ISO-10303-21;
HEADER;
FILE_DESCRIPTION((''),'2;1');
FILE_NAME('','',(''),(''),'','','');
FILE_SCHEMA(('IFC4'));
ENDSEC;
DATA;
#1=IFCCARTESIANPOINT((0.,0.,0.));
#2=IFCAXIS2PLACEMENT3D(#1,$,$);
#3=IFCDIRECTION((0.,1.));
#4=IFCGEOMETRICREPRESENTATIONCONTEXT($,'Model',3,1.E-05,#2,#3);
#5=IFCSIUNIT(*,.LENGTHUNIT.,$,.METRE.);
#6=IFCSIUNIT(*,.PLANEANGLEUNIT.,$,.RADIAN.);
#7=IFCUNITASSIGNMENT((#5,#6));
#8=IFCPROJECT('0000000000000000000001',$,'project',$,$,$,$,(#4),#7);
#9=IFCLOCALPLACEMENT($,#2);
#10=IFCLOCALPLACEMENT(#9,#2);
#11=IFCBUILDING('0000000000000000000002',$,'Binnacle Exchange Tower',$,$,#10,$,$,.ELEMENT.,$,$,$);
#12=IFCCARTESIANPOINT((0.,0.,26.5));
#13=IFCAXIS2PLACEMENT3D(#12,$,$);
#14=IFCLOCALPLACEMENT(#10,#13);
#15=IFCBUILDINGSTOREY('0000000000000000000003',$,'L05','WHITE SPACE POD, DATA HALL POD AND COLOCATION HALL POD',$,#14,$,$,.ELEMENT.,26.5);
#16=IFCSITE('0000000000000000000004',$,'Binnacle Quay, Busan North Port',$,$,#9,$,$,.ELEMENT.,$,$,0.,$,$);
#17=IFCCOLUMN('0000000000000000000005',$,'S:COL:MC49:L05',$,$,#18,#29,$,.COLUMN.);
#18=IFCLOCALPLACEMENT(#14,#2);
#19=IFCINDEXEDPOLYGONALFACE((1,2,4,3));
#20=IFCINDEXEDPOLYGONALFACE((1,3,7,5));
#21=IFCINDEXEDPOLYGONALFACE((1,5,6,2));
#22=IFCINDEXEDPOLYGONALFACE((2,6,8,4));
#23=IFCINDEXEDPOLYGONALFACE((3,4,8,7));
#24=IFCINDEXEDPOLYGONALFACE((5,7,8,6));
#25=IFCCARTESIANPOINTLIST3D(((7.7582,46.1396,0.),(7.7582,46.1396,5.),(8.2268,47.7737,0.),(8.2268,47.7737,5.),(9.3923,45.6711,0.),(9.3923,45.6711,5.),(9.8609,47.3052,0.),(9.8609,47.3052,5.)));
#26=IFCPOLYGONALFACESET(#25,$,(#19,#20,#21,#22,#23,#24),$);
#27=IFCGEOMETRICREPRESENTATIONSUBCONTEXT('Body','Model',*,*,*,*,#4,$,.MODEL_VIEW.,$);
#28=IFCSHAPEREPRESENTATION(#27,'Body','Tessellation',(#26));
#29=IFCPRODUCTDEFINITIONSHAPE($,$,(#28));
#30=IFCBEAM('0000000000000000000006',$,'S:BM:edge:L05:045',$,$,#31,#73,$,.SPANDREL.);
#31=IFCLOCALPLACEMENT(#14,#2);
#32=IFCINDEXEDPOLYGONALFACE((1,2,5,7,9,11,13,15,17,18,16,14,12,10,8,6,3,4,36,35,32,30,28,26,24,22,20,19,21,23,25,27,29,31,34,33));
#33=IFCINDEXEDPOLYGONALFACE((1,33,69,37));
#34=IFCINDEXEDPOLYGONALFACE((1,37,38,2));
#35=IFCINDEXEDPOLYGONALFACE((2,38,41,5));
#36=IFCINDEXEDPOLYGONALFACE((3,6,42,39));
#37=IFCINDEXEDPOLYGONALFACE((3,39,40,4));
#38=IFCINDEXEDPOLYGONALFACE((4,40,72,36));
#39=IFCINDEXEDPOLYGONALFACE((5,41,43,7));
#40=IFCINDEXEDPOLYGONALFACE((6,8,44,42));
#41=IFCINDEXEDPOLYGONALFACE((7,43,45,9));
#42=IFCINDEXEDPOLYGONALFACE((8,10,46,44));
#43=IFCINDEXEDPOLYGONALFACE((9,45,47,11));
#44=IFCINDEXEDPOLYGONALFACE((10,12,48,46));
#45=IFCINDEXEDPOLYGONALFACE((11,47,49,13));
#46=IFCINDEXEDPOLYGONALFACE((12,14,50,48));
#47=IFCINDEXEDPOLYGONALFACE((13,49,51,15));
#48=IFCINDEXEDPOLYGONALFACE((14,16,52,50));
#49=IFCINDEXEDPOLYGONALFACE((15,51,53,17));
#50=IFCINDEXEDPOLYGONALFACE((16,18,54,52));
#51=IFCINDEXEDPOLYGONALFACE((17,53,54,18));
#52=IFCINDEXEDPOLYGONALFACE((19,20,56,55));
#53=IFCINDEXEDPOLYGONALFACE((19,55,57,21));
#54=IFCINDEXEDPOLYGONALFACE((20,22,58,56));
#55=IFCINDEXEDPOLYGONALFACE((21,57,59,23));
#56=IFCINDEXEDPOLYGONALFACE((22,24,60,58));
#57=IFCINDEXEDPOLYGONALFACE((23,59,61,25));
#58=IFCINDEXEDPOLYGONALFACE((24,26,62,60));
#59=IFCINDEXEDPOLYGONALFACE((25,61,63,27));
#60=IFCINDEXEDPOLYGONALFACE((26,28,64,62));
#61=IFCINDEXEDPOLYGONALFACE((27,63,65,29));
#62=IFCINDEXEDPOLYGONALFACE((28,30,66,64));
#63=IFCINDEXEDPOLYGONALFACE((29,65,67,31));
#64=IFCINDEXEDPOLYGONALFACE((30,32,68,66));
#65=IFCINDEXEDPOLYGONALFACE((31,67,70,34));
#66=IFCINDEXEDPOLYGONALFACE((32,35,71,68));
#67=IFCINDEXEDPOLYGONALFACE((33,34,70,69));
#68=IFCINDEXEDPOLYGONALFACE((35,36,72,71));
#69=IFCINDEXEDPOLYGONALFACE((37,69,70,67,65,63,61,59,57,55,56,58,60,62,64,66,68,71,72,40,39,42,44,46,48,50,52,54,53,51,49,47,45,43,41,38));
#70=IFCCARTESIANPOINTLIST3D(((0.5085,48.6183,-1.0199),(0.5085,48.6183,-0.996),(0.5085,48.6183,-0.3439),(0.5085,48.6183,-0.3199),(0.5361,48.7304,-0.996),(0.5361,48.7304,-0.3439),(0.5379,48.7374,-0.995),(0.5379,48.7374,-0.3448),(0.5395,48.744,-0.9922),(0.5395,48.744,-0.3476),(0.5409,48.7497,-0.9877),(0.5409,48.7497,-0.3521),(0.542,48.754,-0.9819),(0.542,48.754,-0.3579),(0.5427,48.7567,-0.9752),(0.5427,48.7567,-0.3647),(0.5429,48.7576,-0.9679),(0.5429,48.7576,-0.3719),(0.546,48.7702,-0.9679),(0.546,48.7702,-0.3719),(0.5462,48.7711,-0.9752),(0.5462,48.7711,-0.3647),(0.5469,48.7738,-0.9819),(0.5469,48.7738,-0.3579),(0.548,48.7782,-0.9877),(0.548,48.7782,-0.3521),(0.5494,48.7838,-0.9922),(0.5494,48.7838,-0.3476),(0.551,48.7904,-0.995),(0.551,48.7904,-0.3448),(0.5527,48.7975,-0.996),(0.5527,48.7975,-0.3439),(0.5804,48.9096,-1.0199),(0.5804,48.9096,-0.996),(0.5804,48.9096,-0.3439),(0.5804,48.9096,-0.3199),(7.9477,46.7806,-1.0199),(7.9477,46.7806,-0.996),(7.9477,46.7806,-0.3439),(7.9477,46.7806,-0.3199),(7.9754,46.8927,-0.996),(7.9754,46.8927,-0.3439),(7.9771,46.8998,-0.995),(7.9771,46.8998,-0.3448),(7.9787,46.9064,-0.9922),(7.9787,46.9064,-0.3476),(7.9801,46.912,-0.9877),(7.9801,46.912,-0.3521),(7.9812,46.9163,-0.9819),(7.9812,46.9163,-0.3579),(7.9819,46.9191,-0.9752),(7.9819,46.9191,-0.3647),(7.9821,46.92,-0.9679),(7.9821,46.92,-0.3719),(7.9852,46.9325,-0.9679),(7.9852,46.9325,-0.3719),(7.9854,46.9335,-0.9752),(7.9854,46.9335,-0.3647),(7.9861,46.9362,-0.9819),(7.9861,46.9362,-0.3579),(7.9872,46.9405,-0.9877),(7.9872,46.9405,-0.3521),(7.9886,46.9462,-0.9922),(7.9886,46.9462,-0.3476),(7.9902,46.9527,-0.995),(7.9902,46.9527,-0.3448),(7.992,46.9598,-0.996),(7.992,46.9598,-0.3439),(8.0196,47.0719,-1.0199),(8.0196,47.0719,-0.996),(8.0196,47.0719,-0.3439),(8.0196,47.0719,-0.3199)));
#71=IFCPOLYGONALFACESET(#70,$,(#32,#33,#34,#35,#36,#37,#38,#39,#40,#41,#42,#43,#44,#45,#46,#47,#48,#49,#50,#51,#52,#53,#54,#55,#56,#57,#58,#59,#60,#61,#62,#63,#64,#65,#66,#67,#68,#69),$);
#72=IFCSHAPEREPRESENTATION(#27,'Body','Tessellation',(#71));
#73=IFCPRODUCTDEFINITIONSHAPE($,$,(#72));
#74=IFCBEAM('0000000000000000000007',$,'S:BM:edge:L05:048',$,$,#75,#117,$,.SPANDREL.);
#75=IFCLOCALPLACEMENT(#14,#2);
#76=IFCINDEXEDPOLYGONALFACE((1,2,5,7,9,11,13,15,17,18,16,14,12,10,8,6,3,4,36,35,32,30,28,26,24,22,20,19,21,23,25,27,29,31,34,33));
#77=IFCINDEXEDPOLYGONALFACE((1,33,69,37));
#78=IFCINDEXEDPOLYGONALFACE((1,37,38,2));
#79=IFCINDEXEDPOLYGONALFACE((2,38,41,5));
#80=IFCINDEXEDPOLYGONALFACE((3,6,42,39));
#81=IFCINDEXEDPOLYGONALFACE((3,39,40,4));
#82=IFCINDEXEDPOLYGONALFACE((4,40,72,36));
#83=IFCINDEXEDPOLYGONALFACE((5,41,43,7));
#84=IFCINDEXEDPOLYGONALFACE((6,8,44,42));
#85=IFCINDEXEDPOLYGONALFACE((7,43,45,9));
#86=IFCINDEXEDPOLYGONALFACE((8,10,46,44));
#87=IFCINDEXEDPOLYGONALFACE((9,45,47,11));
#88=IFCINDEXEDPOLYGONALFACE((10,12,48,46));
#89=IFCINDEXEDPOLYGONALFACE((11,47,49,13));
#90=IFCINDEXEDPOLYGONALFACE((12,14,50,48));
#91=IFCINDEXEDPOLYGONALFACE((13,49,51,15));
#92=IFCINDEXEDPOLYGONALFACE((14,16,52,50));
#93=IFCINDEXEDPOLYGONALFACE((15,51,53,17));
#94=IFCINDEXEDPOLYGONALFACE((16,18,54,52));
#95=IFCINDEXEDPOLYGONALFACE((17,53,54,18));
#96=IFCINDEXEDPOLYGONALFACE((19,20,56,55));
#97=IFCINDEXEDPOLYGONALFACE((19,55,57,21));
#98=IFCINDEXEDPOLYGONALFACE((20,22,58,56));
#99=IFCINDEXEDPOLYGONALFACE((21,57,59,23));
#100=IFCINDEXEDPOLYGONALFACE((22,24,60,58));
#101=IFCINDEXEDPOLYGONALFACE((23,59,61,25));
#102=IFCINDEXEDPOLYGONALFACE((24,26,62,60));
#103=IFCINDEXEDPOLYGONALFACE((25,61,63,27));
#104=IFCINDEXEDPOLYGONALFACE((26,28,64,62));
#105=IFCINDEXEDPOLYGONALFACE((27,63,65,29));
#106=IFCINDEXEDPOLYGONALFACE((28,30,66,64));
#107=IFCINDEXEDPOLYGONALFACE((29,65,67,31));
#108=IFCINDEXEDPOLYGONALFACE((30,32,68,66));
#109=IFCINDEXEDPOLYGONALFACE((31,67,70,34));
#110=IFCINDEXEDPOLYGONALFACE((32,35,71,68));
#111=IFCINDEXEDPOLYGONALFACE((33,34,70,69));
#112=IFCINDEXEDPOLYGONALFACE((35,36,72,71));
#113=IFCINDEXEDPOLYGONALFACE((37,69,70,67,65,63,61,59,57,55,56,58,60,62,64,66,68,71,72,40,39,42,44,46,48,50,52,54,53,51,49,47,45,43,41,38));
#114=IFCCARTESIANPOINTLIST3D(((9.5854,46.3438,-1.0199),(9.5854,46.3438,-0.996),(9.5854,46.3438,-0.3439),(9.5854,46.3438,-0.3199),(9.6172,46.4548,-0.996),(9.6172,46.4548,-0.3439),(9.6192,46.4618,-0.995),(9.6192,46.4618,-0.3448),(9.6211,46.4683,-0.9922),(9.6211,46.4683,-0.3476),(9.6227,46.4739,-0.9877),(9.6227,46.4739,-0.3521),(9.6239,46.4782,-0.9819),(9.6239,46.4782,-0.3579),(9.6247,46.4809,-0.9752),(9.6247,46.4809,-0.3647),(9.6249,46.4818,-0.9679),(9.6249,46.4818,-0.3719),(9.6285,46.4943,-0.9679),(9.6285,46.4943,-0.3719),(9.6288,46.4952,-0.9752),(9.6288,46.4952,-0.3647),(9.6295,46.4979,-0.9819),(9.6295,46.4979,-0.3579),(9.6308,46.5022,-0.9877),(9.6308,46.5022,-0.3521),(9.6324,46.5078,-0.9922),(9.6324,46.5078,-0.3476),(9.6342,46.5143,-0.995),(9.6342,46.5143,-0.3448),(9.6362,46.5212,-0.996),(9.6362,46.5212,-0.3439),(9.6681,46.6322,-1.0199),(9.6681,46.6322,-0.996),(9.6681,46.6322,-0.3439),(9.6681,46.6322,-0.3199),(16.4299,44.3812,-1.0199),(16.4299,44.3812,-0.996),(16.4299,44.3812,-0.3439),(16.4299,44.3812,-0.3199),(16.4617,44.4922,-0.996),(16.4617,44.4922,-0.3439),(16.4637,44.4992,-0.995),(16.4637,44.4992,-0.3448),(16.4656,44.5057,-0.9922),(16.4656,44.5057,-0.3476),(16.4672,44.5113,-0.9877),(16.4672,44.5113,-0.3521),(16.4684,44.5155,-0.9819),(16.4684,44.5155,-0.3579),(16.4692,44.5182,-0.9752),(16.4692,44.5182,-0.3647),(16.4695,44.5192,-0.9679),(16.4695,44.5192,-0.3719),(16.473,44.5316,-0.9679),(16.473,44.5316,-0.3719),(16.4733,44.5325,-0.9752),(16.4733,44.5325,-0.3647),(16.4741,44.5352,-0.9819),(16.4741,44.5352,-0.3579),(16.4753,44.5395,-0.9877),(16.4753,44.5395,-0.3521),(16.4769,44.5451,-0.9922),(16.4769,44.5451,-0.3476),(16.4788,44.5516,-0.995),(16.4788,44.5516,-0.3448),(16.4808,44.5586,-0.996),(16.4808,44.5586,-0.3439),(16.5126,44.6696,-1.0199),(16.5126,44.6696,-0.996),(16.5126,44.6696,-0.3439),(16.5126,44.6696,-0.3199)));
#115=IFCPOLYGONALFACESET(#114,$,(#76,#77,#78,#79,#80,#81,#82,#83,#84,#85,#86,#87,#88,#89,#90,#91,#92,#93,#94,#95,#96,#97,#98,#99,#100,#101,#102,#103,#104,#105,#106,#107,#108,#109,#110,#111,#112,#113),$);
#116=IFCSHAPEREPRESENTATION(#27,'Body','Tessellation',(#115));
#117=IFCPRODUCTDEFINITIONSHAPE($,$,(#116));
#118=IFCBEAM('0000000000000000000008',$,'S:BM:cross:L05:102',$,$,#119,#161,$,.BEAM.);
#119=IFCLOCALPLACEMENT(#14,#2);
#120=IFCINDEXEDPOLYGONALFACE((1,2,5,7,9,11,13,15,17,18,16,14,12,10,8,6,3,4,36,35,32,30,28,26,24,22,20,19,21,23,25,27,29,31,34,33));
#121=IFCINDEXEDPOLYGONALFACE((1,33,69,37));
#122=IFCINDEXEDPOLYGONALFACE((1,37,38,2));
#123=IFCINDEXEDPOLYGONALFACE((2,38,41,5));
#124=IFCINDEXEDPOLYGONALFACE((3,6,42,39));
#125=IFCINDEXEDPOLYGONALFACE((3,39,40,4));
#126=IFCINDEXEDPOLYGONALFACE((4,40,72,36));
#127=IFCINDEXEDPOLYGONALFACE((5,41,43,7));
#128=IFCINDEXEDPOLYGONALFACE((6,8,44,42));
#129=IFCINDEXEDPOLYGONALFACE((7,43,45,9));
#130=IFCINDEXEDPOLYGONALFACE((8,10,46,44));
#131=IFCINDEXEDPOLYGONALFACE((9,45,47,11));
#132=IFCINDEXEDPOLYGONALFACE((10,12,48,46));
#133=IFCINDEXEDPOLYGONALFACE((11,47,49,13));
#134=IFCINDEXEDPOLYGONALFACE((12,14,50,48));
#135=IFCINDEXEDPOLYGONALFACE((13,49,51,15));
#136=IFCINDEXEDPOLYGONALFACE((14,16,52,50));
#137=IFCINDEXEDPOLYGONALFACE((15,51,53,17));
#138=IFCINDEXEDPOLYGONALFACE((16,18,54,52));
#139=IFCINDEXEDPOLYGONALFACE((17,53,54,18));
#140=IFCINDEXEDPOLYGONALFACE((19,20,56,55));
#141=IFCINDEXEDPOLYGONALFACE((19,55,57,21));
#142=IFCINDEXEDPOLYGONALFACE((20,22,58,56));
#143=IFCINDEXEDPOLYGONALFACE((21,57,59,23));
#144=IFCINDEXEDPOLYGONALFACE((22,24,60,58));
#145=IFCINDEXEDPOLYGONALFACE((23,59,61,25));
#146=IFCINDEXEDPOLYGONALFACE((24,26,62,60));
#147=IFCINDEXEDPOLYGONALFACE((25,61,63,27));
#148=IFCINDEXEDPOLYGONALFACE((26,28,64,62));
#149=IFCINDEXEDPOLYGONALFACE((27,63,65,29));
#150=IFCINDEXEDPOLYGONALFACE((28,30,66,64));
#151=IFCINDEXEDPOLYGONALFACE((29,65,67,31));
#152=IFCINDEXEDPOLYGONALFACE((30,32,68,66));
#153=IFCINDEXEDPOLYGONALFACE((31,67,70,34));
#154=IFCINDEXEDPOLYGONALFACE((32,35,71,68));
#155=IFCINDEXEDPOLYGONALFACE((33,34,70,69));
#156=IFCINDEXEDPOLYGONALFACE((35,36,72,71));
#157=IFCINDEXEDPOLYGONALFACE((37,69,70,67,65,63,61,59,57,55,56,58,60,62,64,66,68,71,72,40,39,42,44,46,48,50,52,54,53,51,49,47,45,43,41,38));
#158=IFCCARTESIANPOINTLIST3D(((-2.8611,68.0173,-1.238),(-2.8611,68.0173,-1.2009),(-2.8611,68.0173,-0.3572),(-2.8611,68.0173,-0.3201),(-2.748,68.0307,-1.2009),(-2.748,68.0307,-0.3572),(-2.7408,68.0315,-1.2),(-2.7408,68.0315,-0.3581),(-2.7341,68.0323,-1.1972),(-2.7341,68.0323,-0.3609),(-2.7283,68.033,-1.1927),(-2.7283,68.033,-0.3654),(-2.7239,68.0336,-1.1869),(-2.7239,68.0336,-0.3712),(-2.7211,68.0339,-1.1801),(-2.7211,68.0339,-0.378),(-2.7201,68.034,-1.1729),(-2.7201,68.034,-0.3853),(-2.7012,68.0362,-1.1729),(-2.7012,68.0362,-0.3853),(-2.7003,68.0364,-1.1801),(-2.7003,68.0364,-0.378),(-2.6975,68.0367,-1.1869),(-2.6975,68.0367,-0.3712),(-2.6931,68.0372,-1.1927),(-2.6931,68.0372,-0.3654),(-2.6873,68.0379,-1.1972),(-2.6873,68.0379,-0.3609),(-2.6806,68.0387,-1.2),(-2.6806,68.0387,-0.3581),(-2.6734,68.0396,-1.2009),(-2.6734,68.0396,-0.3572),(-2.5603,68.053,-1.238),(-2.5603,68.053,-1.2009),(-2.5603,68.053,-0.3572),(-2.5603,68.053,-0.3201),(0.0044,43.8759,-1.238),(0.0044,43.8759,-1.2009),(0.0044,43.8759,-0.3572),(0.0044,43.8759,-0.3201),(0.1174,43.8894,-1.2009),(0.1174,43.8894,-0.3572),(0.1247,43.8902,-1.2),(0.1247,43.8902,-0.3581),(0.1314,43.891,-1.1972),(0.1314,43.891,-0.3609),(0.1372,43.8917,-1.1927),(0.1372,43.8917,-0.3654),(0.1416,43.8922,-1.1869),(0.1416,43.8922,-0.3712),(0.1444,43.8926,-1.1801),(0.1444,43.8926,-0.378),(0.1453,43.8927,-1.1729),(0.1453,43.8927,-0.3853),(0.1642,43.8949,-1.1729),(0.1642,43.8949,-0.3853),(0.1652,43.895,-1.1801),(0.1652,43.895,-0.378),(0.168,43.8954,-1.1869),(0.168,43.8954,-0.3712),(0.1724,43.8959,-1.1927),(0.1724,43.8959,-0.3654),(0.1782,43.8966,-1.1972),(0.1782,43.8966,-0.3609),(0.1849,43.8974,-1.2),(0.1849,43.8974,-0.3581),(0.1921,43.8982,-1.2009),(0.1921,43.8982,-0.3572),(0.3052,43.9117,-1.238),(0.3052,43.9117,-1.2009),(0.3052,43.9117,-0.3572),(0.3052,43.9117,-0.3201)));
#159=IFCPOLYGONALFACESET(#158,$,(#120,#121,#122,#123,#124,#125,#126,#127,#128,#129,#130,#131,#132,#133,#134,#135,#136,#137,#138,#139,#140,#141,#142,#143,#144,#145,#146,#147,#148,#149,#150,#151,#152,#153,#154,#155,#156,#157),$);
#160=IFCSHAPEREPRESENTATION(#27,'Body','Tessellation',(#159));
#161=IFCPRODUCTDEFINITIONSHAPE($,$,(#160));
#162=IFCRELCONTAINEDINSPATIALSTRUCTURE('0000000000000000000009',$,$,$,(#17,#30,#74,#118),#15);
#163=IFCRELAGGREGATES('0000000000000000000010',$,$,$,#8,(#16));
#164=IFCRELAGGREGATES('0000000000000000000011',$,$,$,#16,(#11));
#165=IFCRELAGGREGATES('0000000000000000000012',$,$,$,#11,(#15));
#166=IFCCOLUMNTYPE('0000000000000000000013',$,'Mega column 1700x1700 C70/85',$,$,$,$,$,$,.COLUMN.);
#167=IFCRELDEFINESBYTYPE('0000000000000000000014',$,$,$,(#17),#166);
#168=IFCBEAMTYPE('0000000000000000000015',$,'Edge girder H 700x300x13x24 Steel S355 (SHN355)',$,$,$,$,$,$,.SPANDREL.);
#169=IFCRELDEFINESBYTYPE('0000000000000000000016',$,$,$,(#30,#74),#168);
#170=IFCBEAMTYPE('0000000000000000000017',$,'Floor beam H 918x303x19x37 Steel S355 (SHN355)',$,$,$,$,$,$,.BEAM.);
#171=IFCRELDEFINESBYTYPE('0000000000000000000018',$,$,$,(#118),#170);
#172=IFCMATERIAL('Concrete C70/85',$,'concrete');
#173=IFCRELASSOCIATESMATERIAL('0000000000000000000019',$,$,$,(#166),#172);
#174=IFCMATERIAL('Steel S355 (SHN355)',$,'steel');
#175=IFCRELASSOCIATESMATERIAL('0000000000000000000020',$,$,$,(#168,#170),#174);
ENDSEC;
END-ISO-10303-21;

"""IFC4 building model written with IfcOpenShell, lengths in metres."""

from ifc_helpers import new_model, si_unit, direction, frame, origin, origin_2d, place, context, subcontext, project, spatial, rectangle, i_section, extrude, material, material_profile, profile_set, type_object, element, save


model = new_model("IFC4")

# Units and contexts
model_context = context("Model", 3, precision=1e-05, world=origin(), true_north=direction((0.0, 1.0)))
body_context = subcontext(model_context, "Body", "Model", "MODEL_VIEW")
ifc_project = project(units=[si_unit("LENGTHUNIT", "METRE"), si_unit("PLANEANGLEUNIT", "RADIAN")], contexts=[model_context])

# Site, building, storey
site_placement = place(None, origin())
site = spatial("IfcSite", under=ifc_project, at=site_placement, Name="Binnacle Quay, Busan North Port", CompositionType="ELEMENT", RefElevation=0.0)
building_placement = place(site_placement, origin())
building = spatial("IfcBuilding", under=site, at=building_placement, Name="Binnacle Exchange Tower", CompositionType="ELEMENT")
storey_placement = place(building_placement, frame((0.0, 0.0, 26.5)))
storey = spatial("IfcBuildingStorey", under=building, at=storey_placement, Name="L05", Description="WHITE SPACE POD, DATA HALL POD AND COLOCATION HALL POD", CompositionType="ELEMENT", Elevation=26.5)

# Column
ifc_material_1 = material(Name="Concrete C70/85", Category="concrete")
ifc_material_profile_1 = material_profile(ifc_material_1, rectangle(XDim=1.7, YDim=1.7, at=origin_2d()), Name="Mega column 1700x1700 C70/85")
ifc_profile_set_1 = profile_set([ifc_material_profile_1], Name="Concrete C70/85")
column_type = type_object("IfcColumnType", Name="Mega column 1700x1700 C70/85", PredefinedType="COLUMN", material=ifc_profile_set_1)
column_placement = place(storey_placement, frame((8.8096, 46.7224, 0.0), z_axis=(0.0, 0.0, 1.0), x_axis=(0.961262, -0.275637, 0.0)))
element("IfcColumn", 1, at=column_placement, inside=storey, type_object=column_type, Name="S:COL:MC49:L05", PredefinedType="COLUMN", context=body_context, shape_type="SweptSolid", body=[
    extrude(rectangle(XDim=1.7, YDim=1.7, at=origin_2d()), origin(), (0.0, 0.0, 1.0), 5.0),
])

# Beams
ifc_material_2 = material(Name="Steel S355 (SHN355)", Category="steel")
ifc_material_profile_2 = material_profile(ifc_material_2, i_section(OverallWidth=0.3, OverallDepth=0.7, WebThickness=0.0129, FlangeThickness=0.0239, FilletRadius=0.0281, at=origin_2d()), Name="H 700x300x13x24")
ifc_profile_set_2 = profile_set([ifc_material_profile_2], Name="Steel S355 (SHN355)")
beam_type_1 = type_object("IfcBeamType", Name="Edge girder H 700x300x13x24 Steel S355 (SHN355)", PredefinedType="SPANDREL", material=ifc_profile_set_2)
beam_1_placement = place(storey_placement, frame((0.5444, 48.7639, -0.6699), z_axis=(0.970819, -0.239813, 0.0), x_axis=(0.239813, 0.970819, 0.0)))
element("IfcBeam", 2, at=beam_1_placement, inside=storey, type_object=beam_type_1, Name="S:BM:edge:L05:045", PredefinedType="SPANDREL", context=body_context, shape_type="SweptSolid", body=[
    extrude(i_section(OverallWidth=0.3, OverallDepth=0.7, WebThickness=0.0129, FlangeThickness=0.0239, FilletRadius=0.0281, at=origin_2d()), origin(), (0.0, 0.0, 1.0), 7.6628),
])
beam_2_placement = place(storey_placement, frame((9.6267, 46.488, -0.6699), z_axis=(0.961261, -0.27564, 0.0), x_axis=(0.27564, 0.961261, 0.0)))
element("IfcBeam", 3, at=beam_2_placement, inside=storey, type_object=beam_type_1, Name="S:BM:edge:L05:048", PredefinedType="SPANDREL", context=body_context, shape_type="SweptSolid", body=[
    extrude(i_section(OverallWidth=0.3, OverallDepth=0.7, WebThickness=0.0129, FlangeThickness=0.0239, FilletRadius=0.0281, at=origin_2d()), origin(), (0.0, 0.0, 1.0), 7.1204),
])
ifc_material_profile_3 = material_profile(ifc_material_2, i_section(OverallWidth=0.303, OverallDepth=0.918, WebThickness=0.019, FlangeThickness=0.0371, FilletRadius=0.0281, at=origin_2d()), Name="H 918x303x19x37")
ifc_profile_set_3 = profile_set([ifc_material_profile_3], Name="Steel S355 (SHN355)")
beam_type_2 = type_object("IfcBeamType", Name="Floor beam H 918x303x19x37 Steel S355 (SHN355)", PredefinedType="BEAM", material=ifc_profile_set_3)
beam_3_placement = place(storey_placement, frame((0.1548, 43.8938, -0.7791), z_axis=(-0.117868, 0.993029, 0.0), x_axis=(-0.993029, -0.117868, 0.0)))
element("IfcBeam", 4, at=beam_3_placement, inside=storey, type_object=beam_type_2, Name="S:BM:cross:L05:102", PredefinedType="BEAM", context=body_context, shape_type="SweptSolid", body=[
    extrude(i_section(OverallWidth=0.303, OverallDepth=0.918, WebThickness=0.019, FlangeThickness=0.0371, FilletRadius=0.0281, at=origin_2d()), origin(), (0.0, 0.0, 1.0), 24.3108),
])

save(model, "model.ifc")
